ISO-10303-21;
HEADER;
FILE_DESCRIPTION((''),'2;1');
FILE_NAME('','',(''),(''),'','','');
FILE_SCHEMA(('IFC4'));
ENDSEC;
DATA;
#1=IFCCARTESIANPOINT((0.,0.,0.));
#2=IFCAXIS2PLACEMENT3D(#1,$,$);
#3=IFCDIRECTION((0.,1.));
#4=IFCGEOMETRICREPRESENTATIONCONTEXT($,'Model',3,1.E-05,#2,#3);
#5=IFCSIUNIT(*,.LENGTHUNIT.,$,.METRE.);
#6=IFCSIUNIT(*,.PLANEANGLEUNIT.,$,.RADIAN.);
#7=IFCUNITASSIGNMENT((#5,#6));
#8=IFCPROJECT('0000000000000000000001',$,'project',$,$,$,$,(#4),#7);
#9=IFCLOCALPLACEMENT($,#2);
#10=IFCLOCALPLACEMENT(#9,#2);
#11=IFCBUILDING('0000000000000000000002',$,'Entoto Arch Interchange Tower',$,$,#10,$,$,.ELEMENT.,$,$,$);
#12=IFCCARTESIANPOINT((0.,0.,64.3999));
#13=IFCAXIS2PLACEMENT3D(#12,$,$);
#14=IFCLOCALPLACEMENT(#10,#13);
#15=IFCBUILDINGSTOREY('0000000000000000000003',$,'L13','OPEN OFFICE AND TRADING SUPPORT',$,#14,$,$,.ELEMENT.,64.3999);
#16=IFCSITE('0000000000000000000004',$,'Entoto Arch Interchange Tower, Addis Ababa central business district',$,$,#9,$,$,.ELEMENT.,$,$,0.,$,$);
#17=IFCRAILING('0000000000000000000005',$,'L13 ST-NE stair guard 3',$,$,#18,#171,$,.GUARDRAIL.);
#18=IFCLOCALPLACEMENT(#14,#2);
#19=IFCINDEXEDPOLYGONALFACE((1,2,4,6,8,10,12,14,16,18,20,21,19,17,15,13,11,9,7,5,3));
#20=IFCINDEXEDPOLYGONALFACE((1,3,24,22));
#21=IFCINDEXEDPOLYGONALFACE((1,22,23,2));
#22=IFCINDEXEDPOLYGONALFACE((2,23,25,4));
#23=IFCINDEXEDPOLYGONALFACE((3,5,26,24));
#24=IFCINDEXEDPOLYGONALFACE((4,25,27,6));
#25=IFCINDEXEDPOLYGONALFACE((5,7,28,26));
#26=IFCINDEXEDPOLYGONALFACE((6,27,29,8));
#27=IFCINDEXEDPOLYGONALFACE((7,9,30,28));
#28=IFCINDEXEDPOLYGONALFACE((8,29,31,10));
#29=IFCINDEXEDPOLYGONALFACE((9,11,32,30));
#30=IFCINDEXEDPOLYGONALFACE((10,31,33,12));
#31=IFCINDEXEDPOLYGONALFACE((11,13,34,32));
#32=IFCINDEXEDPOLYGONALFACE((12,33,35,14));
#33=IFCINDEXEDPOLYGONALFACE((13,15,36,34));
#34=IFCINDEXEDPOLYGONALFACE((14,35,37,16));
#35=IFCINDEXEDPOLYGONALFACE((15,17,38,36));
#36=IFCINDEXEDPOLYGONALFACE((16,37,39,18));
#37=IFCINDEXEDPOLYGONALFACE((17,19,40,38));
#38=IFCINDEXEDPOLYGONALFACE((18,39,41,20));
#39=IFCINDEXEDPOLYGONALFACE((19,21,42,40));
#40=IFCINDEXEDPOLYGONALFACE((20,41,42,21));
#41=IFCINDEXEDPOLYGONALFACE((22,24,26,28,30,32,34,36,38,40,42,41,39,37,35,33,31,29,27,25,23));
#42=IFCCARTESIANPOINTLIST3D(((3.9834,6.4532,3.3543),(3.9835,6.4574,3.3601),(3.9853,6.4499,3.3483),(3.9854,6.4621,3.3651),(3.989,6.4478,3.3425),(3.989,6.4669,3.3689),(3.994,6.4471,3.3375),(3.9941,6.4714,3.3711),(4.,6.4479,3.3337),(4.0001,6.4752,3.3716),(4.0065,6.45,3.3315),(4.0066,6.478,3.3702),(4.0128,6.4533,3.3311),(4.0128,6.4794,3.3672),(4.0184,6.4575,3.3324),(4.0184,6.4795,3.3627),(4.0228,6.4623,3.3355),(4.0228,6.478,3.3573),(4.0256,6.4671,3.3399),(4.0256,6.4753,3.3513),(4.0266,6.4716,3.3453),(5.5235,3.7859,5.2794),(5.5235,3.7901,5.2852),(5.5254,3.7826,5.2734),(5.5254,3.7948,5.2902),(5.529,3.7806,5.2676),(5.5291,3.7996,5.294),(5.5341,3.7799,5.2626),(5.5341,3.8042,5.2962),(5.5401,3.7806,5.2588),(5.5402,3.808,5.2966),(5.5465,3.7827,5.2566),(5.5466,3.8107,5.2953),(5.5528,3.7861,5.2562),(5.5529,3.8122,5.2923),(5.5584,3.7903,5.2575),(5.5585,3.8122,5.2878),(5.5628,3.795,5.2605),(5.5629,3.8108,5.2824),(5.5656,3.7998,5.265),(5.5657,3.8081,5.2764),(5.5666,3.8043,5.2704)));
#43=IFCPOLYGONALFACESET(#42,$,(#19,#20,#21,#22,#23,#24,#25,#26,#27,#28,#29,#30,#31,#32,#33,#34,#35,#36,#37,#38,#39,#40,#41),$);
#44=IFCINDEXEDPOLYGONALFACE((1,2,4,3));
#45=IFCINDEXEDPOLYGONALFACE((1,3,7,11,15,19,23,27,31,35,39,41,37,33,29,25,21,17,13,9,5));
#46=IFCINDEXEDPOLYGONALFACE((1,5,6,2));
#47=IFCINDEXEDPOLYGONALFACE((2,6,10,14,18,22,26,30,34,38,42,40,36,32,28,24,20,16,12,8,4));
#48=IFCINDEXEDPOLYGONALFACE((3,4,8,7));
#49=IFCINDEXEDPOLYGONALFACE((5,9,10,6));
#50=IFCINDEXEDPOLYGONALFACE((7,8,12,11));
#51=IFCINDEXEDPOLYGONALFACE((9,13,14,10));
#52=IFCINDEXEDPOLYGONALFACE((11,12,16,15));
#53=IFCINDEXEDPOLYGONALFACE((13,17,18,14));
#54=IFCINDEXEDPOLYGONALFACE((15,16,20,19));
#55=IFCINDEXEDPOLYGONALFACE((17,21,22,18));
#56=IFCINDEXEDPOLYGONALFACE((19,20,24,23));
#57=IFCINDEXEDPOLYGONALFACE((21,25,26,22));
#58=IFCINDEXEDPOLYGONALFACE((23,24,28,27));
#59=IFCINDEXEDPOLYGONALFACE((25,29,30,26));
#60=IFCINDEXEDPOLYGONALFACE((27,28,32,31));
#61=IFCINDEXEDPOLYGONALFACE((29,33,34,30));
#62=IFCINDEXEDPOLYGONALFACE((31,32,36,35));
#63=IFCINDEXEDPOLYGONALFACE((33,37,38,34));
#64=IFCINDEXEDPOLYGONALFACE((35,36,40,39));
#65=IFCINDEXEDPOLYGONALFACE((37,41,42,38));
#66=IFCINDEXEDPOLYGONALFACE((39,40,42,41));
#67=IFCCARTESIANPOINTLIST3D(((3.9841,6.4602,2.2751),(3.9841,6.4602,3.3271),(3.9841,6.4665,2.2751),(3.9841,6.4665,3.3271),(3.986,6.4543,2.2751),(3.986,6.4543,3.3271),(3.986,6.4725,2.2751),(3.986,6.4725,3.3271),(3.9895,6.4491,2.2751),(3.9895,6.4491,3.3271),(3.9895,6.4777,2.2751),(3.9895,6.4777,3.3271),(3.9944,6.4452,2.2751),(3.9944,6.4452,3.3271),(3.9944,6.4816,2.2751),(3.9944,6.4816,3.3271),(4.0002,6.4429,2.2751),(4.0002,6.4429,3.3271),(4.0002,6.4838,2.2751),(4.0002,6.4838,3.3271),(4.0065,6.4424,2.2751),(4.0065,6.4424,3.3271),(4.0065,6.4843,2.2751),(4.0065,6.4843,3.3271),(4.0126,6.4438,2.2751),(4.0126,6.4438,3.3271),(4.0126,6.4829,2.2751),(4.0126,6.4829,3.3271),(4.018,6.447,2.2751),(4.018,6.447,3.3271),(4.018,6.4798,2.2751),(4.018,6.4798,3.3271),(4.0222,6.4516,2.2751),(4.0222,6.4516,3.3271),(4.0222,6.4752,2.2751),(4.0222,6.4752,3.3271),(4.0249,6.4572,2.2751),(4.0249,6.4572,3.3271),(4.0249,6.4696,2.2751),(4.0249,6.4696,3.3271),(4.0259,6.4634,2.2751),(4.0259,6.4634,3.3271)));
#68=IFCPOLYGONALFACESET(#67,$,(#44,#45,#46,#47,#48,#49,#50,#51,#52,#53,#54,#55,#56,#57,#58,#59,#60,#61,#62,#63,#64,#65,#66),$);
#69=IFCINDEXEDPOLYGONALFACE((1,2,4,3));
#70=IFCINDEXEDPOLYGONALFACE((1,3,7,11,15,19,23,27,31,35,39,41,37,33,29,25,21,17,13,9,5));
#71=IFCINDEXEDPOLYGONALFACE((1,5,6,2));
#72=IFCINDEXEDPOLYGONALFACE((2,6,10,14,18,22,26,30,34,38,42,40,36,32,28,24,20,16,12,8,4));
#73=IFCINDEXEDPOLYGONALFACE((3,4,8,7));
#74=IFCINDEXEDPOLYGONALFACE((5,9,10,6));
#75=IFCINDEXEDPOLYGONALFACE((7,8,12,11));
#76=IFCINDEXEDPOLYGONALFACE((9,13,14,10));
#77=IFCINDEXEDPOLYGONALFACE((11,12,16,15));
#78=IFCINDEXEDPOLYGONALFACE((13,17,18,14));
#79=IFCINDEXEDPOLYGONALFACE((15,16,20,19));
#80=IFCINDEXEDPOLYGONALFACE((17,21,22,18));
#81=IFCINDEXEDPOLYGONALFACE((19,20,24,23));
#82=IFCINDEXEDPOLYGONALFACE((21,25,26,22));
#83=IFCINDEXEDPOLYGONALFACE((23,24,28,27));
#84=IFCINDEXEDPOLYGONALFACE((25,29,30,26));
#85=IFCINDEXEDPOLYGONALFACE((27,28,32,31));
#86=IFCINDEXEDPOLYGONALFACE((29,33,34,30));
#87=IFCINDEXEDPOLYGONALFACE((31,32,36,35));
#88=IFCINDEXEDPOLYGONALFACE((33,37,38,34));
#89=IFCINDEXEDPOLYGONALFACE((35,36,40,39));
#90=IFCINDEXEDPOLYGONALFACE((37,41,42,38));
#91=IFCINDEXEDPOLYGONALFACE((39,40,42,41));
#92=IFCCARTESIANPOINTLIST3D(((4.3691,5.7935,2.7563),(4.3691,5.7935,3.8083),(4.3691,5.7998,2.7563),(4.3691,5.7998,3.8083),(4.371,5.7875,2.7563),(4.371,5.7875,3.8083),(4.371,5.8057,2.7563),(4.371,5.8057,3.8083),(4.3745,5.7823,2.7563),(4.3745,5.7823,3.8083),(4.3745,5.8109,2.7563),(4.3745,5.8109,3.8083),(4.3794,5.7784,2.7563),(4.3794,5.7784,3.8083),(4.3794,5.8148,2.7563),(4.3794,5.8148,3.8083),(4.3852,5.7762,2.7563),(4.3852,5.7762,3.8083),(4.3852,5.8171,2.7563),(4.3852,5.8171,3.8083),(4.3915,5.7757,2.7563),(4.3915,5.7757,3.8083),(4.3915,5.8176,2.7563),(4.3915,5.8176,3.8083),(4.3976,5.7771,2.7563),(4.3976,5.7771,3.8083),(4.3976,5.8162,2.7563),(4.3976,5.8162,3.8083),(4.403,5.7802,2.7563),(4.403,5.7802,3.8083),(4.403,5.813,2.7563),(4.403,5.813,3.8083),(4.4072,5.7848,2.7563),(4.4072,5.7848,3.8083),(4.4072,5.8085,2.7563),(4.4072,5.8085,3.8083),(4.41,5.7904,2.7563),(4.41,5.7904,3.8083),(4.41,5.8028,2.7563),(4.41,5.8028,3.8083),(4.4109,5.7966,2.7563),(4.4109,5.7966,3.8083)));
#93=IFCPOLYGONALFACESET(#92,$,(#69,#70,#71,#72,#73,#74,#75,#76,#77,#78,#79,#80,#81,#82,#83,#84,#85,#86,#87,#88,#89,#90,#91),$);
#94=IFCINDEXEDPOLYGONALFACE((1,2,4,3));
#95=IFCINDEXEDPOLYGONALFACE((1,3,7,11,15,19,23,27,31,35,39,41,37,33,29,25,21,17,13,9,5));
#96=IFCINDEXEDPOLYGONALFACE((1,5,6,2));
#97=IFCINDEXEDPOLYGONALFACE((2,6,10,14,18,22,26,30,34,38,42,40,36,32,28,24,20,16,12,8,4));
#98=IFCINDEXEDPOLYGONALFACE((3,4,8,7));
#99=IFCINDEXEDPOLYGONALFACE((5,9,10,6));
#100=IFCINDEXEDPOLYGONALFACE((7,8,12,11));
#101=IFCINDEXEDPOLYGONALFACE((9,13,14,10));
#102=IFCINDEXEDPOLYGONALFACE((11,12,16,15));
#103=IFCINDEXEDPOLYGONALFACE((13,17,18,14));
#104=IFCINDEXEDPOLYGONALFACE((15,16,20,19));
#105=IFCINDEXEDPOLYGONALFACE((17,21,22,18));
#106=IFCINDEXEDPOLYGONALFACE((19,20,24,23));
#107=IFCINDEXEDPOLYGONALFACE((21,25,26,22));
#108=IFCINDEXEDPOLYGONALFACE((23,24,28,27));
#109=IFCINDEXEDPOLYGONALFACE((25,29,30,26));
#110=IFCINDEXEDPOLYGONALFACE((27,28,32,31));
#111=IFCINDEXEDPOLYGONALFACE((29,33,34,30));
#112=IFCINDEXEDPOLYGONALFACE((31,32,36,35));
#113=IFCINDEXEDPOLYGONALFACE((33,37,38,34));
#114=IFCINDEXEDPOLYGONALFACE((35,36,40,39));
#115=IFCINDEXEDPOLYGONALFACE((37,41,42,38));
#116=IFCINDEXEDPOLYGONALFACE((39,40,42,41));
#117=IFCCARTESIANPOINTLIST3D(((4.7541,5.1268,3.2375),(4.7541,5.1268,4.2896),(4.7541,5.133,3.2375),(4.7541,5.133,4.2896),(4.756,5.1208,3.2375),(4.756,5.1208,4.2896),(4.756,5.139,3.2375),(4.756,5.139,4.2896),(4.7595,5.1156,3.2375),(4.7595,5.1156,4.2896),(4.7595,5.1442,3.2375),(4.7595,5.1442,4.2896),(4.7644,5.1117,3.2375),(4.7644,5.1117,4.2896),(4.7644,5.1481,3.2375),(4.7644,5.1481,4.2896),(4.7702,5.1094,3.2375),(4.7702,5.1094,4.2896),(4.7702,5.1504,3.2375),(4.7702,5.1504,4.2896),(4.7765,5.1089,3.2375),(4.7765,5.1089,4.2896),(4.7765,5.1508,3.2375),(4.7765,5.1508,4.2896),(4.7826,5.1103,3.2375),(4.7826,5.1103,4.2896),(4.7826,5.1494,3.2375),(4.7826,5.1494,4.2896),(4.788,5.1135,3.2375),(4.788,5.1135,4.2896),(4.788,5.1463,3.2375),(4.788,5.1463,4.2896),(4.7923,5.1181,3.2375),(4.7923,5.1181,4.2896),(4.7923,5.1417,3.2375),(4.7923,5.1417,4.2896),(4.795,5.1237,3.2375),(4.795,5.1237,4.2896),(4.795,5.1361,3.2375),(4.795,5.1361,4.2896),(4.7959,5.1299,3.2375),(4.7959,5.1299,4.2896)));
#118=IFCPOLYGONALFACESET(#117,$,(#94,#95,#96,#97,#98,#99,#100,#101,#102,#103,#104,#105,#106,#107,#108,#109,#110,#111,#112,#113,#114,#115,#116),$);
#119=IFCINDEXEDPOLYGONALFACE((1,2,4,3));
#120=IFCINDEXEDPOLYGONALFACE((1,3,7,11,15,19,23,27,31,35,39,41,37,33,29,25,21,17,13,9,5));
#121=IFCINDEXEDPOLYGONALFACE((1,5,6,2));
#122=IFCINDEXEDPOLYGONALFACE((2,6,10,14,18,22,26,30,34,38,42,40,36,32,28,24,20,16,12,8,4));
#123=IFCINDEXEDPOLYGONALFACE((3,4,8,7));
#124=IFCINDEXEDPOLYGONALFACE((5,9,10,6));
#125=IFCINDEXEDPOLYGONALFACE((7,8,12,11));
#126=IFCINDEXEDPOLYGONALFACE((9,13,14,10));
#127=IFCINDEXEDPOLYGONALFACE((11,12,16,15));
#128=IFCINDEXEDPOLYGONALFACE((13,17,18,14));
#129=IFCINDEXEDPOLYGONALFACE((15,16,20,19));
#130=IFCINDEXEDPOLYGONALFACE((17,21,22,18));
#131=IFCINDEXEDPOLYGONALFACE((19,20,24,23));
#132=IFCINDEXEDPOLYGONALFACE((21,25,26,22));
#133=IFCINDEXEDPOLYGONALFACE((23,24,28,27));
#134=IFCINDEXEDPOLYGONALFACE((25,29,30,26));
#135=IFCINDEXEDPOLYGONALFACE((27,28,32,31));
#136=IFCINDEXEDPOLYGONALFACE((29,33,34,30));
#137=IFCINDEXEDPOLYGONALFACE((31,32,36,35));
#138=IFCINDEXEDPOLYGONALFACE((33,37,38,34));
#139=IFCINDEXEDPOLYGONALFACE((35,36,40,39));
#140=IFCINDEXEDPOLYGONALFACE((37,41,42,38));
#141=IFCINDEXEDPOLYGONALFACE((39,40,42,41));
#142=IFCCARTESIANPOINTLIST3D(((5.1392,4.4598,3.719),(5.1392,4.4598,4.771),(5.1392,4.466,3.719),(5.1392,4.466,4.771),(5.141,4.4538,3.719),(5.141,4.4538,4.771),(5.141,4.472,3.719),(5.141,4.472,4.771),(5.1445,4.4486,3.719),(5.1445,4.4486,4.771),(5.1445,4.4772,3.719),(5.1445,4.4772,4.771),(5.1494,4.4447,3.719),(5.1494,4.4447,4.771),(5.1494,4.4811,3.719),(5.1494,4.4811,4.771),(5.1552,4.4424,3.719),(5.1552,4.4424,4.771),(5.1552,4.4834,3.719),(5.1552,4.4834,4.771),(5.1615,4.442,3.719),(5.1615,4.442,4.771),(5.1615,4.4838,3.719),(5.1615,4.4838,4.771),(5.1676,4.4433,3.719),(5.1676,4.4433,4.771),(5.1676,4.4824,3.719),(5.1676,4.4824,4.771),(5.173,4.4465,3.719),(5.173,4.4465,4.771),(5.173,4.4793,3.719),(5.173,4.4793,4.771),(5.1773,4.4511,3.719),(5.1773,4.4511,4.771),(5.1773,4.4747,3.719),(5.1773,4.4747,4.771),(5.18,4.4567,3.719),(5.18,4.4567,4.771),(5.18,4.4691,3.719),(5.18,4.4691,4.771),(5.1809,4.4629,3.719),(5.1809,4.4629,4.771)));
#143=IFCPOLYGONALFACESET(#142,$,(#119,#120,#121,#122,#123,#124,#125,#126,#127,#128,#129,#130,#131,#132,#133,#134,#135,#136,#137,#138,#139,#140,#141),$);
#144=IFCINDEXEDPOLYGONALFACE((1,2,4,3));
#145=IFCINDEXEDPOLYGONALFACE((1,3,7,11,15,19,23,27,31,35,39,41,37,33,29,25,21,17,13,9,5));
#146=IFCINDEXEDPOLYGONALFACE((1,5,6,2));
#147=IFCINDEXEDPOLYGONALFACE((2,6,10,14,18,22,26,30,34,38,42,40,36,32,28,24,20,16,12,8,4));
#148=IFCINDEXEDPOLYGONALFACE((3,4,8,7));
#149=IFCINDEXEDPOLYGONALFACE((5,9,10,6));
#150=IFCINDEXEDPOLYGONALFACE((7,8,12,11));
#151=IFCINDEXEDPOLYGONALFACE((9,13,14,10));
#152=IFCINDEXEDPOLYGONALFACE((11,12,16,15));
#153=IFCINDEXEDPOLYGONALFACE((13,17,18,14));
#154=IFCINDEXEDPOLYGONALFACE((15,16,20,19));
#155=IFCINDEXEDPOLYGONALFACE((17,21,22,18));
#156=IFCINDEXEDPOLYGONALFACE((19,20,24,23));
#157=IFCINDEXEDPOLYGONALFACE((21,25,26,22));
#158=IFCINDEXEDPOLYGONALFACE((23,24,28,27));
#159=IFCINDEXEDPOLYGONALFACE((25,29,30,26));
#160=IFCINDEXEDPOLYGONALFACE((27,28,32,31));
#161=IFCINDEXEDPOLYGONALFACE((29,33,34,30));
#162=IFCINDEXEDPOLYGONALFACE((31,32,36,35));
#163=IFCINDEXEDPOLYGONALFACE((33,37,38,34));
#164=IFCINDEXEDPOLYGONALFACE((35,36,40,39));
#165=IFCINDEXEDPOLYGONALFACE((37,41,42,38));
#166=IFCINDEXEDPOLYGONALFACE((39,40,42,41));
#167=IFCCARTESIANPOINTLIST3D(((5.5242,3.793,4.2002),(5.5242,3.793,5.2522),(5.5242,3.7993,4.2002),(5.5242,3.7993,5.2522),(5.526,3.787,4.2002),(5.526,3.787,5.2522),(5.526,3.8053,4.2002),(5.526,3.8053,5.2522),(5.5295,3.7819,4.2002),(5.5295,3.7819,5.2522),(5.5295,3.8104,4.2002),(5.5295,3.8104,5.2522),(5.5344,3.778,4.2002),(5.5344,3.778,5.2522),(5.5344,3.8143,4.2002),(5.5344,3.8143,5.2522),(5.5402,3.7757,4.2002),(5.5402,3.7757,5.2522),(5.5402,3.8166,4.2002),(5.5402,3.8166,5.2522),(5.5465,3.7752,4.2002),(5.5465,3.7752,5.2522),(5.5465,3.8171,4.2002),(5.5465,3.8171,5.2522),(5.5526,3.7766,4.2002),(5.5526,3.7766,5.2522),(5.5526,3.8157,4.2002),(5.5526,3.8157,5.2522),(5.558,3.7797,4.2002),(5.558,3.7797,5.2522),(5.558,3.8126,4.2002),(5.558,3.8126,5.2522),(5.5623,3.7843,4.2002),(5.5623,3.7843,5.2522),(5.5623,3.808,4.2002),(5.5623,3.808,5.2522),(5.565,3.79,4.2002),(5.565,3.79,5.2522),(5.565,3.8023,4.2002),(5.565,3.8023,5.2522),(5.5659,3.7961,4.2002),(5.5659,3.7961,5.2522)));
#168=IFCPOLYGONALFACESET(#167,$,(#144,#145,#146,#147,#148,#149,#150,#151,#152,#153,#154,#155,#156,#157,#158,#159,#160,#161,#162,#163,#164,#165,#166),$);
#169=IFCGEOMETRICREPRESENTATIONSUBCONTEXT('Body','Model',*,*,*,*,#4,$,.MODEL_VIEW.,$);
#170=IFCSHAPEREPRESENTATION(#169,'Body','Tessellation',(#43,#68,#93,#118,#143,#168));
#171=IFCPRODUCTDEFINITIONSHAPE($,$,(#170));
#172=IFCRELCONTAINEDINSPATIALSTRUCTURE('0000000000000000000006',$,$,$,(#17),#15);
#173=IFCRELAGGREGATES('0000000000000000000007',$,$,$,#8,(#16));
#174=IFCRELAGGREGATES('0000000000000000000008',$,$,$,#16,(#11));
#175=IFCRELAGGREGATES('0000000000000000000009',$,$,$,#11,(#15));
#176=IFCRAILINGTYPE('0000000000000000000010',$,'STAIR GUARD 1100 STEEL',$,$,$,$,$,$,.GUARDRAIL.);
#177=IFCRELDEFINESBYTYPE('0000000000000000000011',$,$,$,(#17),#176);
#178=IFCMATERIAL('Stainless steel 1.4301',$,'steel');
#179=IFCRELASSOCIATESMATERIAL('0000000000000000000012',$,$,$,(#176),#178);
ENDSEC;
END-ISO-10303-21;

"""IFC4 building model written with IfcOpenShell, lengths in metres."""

from ifc_helpers import new_model, si_unit, direction, frame, origin, origin_2d, place, context, subcontext, project, spatial, circle, extrude, material, type_object, element, save


model = new_model("IFC4")

# Units and contexts
model_context = context("Model", 3, precision=1e-05, world=origin(), true_north=direction((0.0, 1.0)))
body_context = subcontext(model_context, "Body", "Model", "MODEL_VIEW")
ifc_project = project(units=[si_unit("LENGTHUNIT", "METRE"), si_unit("PLANEANGLEUNIT", "RADIAN")], contexts=[model_context])

# Site, building, storey
site_placement = place(None, origin())
site = spatial("IfcSite", under=ifc_project, at=site_placement, Name="Entoto Arch Interchange Tower, Addis Ababa central business district", CompositionType="ELEMENT", RefElevation=0.0)
building_placement = place(site_placement, origin())
building = spatial("IfcBuilding", under=site, at=building_placement, Name="Entoto Arch Interchange Tower", CompositionType="ELEMENT")
storey_placement = place(building_placement, frame((0.0, 0.0, 64.3999)))
storey = spatial("IfcBuildingStorey", under=building, at=storey_placement, Name="L13", Description="OPEN OFFICE AND TRADING SUPPORT", CompositionType="ELEMENT", Elevation=64.3999)

# Railing
ifc_material_1 = material(Name="Stainless steel 1.4301", Category="steel")
railing_type_1 = type_object("IfcRailingType", Name="STAIR GUARD 1100 STEEL", PredefinedType="GUARDRAIL", material=ifc_material_1)
railing_1_placement = place(storey_placement, frame((4.0049, 6.4634, 2.2751)))
element("IfcRailing", 1, at=railing_1_placement, inside=storey, type_object=railing_type_1, Name="L13 ST-NE stair guard 3", PredefinedType="GUARDRAIL", context=body_context, shape_type="SweptSolid", body=[
    extrude(circle(Radius=0.0239, at=origin_2d()), frame((0.0, 0.0, 1.0762), z_axis=(0.424015, -0.734364, 0.530019), x_axis=(0.86601, 0.500027, 0.0)), (0.0, 0.0, 1.0), 3.6321),
    extrude(circle(Radius=0.021, at=origin_2d()), origin(), (0.0, 0.0, 1.0), 1.052),
    extrude(circle(Radius=0.021, at=origin_2d()), frame((0.385, -0.6667, 0.4812)), (0.0, 0.0, 1.0), 1.052),
    extrude(circle(Radius=0.021, at=origin_2d()), frame((0.77, -1.3335, 0.9624)), (0.0, 0.0, 1.0), 1.052),
    extrude(circle(Radius=0.021, at=origin_2d()), frame((1.155, -2.0005, 1.4438)), (0.0, 0.0, 1.0), 1.052),
    extrude(circle(Radius=0.021, at=origin_2d()), frame((1.54, -2.6672, 1.925)), (0.0, 0.0, 1.0), 1.052),
])

save(model, "model.ifc")
